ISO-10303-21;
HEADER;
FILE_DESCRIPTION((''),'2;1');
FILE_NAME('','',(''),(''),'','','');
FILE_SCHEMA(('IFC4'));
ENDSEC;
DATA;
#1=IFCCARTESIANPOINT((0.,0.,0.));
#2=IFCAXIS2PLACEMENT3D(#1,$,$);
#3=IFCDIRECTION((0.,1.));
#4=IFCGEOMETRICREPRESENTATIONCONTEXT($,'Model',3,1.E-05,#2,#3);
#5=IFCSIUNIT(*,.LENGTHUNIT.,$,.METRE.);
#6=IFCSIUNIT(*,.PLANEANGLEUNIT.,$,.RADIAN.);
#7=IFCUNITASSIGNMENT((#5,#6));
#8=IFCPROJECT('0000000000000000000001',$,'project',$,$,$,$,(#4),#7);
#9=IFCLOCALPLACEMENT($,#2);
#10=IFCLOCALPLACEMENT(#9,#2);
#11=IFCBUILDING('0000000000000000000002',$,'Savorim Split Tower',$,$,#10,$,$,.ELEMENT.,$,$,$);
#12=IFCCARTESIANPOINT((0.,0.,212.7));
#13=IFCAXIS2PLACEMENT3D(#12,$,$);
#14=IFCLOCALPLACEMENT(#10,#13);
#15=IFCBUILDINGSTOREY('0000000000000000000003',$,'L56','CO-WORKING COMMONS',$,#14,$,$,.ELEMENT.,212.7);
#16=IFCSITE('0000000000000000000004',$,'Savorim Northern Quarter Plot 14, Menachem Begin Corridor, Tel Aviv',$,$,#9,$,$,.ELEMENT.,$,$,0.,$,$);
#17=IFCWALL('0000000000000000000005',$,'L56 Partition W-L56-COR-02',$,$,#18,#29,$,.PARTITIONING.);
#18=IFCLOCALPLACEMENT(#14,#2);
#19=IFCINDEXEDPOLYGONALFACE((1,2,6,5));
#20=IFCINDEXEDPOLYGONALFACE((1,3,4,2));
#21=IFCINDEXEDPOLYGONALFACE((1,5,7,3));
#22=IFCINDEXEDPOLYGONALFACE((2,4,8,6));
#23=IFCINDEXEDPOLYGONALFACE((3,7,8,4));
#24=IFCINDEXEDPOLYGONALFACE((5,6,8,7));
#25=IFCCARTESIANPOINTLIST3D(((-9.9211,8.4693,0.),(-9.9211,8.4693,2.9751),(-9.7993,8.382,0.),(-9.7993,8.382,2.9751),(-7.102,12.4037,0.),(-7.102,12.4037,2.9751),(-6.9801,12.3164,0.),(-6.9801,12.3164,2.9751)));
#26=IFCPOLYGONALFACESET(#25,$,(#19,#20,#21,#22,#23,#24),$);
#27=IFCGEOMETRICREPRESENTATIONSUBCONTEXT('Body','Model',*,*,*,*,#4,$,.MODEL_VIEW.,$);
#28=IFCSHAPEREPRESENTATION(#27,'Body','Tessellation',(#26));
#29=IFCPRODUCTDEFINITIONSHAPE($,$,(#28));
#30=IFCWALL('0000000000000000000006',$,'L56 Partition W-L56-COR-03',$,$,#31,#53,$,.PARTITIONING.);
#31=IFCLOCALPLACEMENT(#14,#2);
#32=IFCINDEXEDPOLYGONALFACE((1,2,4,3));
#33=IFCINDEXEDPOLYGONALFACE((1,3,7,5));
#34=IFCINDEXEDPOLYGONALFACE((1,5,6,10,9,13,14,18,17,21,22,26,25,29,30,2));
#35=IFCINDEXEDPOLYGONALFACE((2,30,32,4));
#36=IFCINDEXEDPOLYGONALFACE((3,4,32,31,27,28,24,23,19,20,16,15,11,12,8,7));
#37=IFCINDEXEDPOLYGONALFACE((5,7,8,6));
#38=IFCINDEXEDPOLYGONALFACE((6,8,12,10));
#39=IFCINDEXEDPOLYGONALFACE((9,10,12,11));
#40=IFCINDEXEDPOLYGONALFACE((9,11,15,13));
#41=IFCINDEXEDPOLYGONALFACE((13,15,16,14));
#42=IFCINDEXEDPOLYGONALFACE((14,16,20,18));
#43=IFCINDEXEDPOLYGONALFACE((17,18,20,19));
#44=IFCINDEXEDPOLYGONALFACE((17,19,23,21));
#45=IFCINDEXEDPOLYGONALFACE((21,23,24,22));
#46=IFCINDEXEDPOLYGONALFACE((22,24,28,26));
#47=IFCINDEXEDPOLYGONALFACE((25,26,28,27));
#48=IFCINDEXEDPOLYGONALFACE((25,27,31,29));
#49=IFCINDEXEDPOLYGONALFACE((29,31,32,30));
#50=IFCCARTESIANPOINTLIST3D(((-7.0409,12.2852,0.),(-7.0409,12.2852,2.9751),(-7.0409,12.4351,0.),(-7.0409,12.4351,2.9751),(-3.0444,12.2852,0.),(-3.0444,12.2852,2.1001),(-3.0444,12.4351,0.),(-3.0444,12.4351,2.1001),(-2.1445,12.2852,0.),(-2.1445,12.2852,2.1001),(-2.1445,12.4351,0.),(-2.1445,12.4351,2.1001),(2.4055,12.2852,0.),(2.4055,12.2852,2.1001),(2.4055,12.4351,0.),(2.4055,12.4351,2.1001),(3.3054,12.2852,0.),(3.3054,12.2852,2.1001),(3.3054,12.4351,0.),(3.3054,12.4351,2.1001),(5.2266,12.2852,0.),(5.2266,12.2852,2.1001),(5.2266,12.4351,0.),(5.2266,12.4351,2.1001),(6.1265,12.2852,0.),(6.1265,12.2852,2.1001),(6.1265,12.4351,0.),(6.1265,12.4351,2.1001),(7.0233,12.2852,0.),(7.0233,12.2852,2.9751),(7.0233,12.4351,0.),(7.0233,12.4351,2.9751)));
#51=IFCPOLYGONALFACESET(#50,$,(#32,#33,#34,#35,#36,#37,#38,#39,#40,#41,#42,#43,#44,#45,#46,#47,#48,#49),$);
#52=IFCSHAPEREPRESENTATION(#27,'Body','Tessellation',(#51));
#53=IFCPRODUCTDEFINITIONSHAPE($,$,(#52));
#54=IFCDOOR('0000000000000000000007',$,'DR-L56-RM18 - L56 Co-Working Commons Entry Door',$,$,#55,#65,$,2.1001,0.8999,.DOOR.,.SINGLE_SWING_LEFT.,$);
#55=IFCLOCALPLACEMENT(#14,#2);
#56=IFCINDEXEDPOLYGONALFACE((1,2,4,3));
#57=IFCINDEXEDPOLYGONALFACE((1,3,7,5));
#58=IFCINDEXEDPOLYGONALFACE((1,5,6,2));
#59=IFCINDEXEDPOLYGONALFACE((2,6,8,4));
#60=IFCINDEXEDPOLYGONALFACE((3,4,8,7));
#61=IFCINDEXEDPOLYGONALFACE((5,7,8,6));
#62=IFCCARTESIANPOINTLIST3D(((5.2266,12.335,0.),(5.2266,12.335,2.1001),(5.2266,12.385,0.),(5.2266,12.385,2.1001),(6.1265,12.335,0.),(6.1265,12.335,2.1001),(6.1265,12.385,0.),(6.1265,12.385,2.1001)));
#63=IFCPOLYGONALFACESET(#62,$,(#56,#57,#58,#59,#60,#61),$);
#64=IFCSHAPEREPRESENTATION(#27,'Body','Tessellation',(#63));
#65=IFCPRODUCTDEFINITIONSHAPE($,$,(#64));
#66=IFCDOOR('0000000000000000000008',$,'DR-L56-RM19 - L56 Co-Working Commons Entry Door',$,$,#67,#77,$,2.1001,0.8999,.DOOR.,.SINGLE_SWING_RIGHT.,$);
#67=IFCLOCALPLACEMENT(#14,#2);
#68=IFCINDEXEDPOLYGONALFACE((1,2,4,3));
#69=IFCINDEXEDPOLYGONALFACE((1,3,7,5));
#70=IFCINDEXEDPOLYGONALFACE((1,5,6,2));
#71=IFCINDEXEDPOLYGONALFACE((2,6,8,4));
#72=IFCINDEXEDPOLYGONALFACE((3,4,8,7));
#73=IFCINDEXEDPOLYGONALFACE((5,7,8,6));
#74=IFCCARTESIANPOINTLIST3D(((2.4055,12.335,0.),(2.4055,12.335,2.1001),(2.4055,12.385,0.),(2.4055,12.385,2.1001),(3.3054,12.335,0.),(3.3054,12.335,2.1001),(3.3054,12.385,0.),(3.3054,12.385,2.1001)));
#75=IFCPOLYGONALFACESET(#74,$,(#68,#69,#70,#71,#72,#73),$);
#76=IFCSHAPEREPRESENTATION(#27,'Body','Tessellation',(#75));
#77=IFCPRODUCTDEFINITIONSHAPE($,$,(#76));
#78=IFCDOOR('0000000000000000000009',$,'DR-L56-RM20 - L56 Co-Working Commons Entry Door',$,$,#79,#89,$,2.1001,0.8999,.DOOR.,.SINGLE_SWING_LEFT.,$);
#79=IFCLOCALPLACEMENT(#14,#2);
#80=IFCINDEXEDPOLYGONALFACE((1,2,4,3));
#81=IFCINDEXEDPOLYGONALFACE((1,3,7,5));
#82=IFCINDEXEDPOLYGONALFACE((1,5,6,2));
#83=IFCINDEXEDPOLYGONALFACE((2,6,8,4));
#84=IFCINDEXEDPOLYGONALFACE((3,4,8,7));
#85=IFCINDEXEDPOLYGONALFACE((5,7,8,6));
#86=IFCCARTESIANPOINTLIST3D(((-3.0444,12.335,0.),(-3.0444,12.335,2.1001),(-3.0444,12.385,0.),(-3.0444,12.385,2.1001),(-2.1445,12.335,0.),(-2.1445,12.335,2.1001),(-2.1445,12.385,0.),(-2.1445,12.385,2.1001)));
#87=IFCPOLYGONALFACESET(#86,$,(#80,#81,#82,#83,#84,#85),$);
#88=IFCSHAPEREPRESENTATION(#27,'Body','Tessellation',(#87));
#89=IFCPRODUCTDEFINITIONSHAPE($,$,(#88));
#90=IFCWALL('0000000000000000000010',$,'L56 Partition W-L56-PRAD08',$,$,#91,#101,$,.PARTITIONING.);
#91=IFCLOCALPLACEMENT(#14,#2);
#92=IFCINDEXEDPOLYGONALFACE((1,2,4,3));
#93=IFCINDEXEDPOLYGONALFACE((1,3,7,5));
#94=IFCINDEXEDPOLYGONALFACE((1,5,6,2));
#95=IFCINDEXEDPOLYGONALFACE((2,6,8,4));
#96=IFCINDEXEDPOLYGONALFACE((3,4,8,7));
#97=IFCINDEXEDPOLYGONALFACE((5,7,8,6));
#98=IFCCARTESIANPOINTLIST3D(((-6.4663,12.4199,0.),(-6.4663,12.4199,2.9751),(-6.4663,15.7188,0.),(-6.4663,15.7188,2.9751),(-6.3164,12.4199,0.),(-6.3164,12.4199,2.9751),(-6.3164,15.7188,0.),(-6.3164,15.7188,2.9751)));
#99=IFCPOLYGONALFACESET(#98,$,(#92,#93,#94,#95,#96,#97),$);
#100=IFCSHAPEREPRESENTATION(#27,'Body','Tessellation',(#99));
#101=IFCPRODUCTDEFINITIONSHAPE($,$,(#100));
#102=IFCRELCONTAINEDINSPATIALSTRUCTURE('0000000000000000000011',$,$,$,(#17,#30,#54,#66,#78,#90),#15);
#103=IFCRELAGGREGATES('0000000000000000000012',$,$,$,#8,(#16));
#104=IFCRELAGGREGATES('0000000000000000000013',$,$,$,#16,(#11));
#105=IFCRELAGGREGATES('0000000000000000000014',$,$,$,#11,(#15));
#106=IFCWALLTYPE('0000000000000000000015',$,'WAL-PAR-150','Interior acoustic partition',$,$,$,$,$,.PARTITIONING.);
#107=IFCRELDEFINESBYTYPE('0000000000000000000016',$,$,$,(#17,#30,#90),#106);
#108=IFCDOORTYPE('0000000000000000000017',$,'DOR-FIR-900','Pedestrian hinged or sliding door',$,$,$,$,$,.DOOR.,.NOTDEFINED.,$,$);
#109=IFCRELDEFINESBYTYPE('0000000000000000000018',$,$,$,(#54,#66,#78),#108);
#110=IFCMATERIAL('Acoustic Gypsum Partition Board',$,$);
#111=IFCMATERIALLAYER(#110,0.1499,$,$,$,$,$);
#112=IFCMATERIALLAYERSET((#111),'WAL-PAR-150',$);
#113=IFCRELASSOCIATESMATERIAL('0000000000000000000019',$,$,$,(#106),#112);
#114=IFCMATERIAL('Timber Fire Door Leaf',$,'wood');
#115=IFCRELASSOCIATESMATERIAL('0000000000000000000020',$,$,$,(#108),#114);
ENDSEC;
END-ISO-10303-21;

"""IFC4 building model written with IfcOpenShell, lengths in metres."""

from ifc_helpers import new_model, si_unit, direction, frame, frame_2d, origin, place, context, subcontext, project, spatial, rectangle, extrude, material, layer, layer_set, type_object, element, fill, save


model = new_model("IFC4")

# Units and contexts
model_context = context("Model", 3, precision=1e-05, world=origin(), true_north=direction((0.0, 1.0)))
body_context = subcontext(model_context, "Body", "Model", "MODEL_VIEW")
ifc_project = project(units=[si_unit("LENGTHUNIT", "METRE"), si_unit("PLANEANGLEUNIT", "RADIAN")], contexts=[model_context])

# Site, building, storey
site_placement = place(None, origin())
site = spatial("IfcSite", under=ifc_project, at=site_placement, Name="Savorim Northern Quarter Plot 14, Menachem Begin Corridor, Tel Aviv", CompositionType="ELEMENT", RefElevation=0.0)
building_placement = place(site_placement, origin())
building = spatial("IfcBuilding", under=site, at=building_placement, Name="Savorim Split Tower", CompositionType="ELEMENT")
storey_placement = place(building_placement, frame((0.0, 0.0, 212.7)))
storey = spatial("IfcBuildingStorey", under=building, at=storey_placement, Name="L56", Description="CO-WORKING COMMONS", CompositionType="ELEMENT", Elevation=212.7)

# Wall
ifc_material_1 = material(Name="Acoustic Gypsum Partition Board")
ifc_layer_1 = layer(ifc_material_1, 0.1499)
ifc_layer_set_1 = layer_set([ifc_layer_1], Name="WAL-PAR-150")
wall_type_1 = type_object("IfcWallType", Name="WAL-PAR-150", Description="Interior acoustic partition", PredefinedType="PARTITIONING", material=ifc_layer_set_1)
wall_1_placement = place(storey_placement, frame((-9.8601, 8.4258, 0.0), z_axis=(0.0, 0.0, 1.0), x_axis=(0.58245, 0.812867, 0.0)))
element("IfcWall", 1, at=wall_1_placement, inside=storey, type_object=wall_type_1, Name="L56 Partition W-L56-COR-02", PredefinedType="PARTITIONING", context=body_context, shape_type="SweptSolid", body=[
    extrude(rectangle(XDim=4.8401, YDim=0.1499, at=frame_2d((2.4199, 0.0))), origin(), (0.0, 0.0, 1.0), 2.9751),
])

# Wall, openings, doors
wall_2_placement = place(storey_placement, frame((-7.041, 12.3601, 0.0), z_axis=(0.0, 0.0, 1.0), x_axis=(1.0, 0.0, 0.0)))
wall_2 = element("IfcWall", 2, at=wall_2_placement, inside=storey, type_object=wall_type_1, Name="L56 Partition W-L56-COR-03", PredefinedType="PARTITIONING", context=body_context, shape_type="SweptSolid", body=[
    extrude(rectangle(XDim=14.0642, YDim=0.1499, at=frame_2d((7.0322, 0.0))), origin(), (0.0, 0.0, 1.0), 2.9751),
])
opening_1_placement = place(wall_2_placement, frame((12.2676, 0.0, 0.0)))
opening_1 = element("IfcOpeningElement", 3, at=opening_1_placement, cuts=wall_2, PredefinedType="OPENING", context=body_context, shape_type="SweptSolid", body=[
    extrude(rectangle(XDim=0.8999, YDim=2.1001, at=frame_2d((0.45, 1.05))), frame((0.0, 0.085, 0.0), z_axis=(0.0, -1.0, 0.0), x_axis=(1.0, 0.0, 0.0)), (0.0, 0.0, 1.0), 0.1699),
])
opening_2_placement = place(wall_2_placement, frame((9.4465, 0.0, 0.0)))
opening_2 = element("IfcOpeningElement", 4, at=opening_2_placement, cuts=wall_2, PredefinedType="OPENING", context=body_context, shape_type="SweptSolid", body=[
    extrude(rectangle(XDim=0.8999, YDim=2.1001, at=frame_2d((0.45, 1.05))), frame((0.0, 0.085, 0.0), z_axis=(0.0, -1.0, 0.0), x_axis=(1.0, 0.0, 0.0)), (0.0, 0.0, 1.0), 0.1699),
])
opening_3_placement = place(wall_2_placement, frame((3.9966, 0.0, 0.0)))
opening_3 = element("IfcOpeningElement", 5, at=opening_3_placement, cuts=wall_2, PredefinedType="OPENING", context=body_context, shape_type="SweptSolid", body=[
    extrude(rectangle(XDim=0.8999, YDim=2.1001, at=frame_2d((0.45, 1.05))), frame((0.0, 0.085, 0.0), z_axis=(0.0, -1.0, 0.0), x_axis=(1.0, 0.0, 0.0)), (0.0, 0.0, 1.0), 0.1699),
])
ifc_material_2 = material(Name="Timber Fire Door Leaf", Category="wood")
door_type_1 = type_object("IfcDoorType", Name="DOR-FIR-900", Description="Pedestrian hinged or sliding door", OperationType="NOTDEFINED", PredefinedType="DOOR", material=ifc_material_2)
door_1_placement = place(opening_1_placement, origin())
door_1 = element("IfcDoor", 6, at=door_1_placement, inside=storey, type_object=door_type_1, Name="DR-L56-RM18 - L56 Co-Working Commons Entry Door", OperationType="SINGLE_SWING_LEFT", OverallHeight=2.1001, OverallWidth=0.8999, PredefinedType="DOOR", context=body_context, shape_type="SweptSolid", body=[
    extrude(rectangle(XDim=0.8999, YDim=2.1001, at=frame_2d((0.45, 1.05))), frame((0.0, 0.0249, 0.0), z_axis=(0.0, -1.0, 0.0), x_axis=(1.0, 0.0, 0.0)), (0.0, 0.0, 1.0), 0.05),
])
fill(opening_1, door_1)
door_2_placement = place(opening_2_placement, origin())
door_2 = element("IfcDoor", 7, at=door_2_placement, inside=storey, type_object=door_type_1, Name="DR-L56-RM19 - L56 Co-Working Commons Entry Door", OperationType="SINGLE_SWING_RIGHT", OverallHeight=2.1001, OverallWidth=0.8999, PredefinedType="DOOR", context=body_context, shape_type="SweptSolid", body=[
    extrude(rectangle(XDim=0.8999, YDim=2.1001, at=frame_2d((0.45, 1.05))), frame((0.0, 0.0249, 0.0), z_axis=(0.0, -1.0, 0.0), x_axis=(1.0, 0.0, 0.0)), (0.0, 0.0, 1.0), 0.05),
])
fill(opening_2, door_2)
door_3_placement = place(opening_3_placement, origin())
door_3 = element("IfcDoor", 8, at=door_3_placement, inside=storey, type_object=door_type_1, Name="DR-L56-RM20 - L56 Co-Working Commons Entry Door", OperationType="SINGLE_SWING_LEFT", OverallHeight=2.1001, OverallWidth=0.8999, PredefinedType="DOOR", context=body_context, shape_type="SweptSolid", body=[
    extrude(rectangle(XDim=0.8999, YDim=2.1001, at=frame_2d((0.45, 1.05))), frame((0.0, 0.0249, 0.0), z_axis=(0.0, -1.0, 0.0), x_axis=(1.0, 0.0, 0.0)), (0.0, 0.0, 1.0), 0.05),
])
fill(opening_3, door_3)

# Wall
wall_3_placement = place(storey_placement, frame((-6.3914, 12.4199, 0.0), z_axis=(0.0, 0.0, 1.0), x_axis=(0.0, 1.0, 0.0)))
element("IfcWall", 9, at=wall_3_placement, inside=storey, type_object=wall_type_1, Name="L56 Partition W-L56-PRAD08", PredefinedType="PARTITIONING", context=body_context, shape_type="SweptSolid", body=[
    extrude(rectangle(XDim=3.2988, YDim=0.1499, at=frame_2d((1.6494, 0.0))), origin(), (0.0, 0.0, 1.0), 2.9751),
])

save(model, "model.ifc")
